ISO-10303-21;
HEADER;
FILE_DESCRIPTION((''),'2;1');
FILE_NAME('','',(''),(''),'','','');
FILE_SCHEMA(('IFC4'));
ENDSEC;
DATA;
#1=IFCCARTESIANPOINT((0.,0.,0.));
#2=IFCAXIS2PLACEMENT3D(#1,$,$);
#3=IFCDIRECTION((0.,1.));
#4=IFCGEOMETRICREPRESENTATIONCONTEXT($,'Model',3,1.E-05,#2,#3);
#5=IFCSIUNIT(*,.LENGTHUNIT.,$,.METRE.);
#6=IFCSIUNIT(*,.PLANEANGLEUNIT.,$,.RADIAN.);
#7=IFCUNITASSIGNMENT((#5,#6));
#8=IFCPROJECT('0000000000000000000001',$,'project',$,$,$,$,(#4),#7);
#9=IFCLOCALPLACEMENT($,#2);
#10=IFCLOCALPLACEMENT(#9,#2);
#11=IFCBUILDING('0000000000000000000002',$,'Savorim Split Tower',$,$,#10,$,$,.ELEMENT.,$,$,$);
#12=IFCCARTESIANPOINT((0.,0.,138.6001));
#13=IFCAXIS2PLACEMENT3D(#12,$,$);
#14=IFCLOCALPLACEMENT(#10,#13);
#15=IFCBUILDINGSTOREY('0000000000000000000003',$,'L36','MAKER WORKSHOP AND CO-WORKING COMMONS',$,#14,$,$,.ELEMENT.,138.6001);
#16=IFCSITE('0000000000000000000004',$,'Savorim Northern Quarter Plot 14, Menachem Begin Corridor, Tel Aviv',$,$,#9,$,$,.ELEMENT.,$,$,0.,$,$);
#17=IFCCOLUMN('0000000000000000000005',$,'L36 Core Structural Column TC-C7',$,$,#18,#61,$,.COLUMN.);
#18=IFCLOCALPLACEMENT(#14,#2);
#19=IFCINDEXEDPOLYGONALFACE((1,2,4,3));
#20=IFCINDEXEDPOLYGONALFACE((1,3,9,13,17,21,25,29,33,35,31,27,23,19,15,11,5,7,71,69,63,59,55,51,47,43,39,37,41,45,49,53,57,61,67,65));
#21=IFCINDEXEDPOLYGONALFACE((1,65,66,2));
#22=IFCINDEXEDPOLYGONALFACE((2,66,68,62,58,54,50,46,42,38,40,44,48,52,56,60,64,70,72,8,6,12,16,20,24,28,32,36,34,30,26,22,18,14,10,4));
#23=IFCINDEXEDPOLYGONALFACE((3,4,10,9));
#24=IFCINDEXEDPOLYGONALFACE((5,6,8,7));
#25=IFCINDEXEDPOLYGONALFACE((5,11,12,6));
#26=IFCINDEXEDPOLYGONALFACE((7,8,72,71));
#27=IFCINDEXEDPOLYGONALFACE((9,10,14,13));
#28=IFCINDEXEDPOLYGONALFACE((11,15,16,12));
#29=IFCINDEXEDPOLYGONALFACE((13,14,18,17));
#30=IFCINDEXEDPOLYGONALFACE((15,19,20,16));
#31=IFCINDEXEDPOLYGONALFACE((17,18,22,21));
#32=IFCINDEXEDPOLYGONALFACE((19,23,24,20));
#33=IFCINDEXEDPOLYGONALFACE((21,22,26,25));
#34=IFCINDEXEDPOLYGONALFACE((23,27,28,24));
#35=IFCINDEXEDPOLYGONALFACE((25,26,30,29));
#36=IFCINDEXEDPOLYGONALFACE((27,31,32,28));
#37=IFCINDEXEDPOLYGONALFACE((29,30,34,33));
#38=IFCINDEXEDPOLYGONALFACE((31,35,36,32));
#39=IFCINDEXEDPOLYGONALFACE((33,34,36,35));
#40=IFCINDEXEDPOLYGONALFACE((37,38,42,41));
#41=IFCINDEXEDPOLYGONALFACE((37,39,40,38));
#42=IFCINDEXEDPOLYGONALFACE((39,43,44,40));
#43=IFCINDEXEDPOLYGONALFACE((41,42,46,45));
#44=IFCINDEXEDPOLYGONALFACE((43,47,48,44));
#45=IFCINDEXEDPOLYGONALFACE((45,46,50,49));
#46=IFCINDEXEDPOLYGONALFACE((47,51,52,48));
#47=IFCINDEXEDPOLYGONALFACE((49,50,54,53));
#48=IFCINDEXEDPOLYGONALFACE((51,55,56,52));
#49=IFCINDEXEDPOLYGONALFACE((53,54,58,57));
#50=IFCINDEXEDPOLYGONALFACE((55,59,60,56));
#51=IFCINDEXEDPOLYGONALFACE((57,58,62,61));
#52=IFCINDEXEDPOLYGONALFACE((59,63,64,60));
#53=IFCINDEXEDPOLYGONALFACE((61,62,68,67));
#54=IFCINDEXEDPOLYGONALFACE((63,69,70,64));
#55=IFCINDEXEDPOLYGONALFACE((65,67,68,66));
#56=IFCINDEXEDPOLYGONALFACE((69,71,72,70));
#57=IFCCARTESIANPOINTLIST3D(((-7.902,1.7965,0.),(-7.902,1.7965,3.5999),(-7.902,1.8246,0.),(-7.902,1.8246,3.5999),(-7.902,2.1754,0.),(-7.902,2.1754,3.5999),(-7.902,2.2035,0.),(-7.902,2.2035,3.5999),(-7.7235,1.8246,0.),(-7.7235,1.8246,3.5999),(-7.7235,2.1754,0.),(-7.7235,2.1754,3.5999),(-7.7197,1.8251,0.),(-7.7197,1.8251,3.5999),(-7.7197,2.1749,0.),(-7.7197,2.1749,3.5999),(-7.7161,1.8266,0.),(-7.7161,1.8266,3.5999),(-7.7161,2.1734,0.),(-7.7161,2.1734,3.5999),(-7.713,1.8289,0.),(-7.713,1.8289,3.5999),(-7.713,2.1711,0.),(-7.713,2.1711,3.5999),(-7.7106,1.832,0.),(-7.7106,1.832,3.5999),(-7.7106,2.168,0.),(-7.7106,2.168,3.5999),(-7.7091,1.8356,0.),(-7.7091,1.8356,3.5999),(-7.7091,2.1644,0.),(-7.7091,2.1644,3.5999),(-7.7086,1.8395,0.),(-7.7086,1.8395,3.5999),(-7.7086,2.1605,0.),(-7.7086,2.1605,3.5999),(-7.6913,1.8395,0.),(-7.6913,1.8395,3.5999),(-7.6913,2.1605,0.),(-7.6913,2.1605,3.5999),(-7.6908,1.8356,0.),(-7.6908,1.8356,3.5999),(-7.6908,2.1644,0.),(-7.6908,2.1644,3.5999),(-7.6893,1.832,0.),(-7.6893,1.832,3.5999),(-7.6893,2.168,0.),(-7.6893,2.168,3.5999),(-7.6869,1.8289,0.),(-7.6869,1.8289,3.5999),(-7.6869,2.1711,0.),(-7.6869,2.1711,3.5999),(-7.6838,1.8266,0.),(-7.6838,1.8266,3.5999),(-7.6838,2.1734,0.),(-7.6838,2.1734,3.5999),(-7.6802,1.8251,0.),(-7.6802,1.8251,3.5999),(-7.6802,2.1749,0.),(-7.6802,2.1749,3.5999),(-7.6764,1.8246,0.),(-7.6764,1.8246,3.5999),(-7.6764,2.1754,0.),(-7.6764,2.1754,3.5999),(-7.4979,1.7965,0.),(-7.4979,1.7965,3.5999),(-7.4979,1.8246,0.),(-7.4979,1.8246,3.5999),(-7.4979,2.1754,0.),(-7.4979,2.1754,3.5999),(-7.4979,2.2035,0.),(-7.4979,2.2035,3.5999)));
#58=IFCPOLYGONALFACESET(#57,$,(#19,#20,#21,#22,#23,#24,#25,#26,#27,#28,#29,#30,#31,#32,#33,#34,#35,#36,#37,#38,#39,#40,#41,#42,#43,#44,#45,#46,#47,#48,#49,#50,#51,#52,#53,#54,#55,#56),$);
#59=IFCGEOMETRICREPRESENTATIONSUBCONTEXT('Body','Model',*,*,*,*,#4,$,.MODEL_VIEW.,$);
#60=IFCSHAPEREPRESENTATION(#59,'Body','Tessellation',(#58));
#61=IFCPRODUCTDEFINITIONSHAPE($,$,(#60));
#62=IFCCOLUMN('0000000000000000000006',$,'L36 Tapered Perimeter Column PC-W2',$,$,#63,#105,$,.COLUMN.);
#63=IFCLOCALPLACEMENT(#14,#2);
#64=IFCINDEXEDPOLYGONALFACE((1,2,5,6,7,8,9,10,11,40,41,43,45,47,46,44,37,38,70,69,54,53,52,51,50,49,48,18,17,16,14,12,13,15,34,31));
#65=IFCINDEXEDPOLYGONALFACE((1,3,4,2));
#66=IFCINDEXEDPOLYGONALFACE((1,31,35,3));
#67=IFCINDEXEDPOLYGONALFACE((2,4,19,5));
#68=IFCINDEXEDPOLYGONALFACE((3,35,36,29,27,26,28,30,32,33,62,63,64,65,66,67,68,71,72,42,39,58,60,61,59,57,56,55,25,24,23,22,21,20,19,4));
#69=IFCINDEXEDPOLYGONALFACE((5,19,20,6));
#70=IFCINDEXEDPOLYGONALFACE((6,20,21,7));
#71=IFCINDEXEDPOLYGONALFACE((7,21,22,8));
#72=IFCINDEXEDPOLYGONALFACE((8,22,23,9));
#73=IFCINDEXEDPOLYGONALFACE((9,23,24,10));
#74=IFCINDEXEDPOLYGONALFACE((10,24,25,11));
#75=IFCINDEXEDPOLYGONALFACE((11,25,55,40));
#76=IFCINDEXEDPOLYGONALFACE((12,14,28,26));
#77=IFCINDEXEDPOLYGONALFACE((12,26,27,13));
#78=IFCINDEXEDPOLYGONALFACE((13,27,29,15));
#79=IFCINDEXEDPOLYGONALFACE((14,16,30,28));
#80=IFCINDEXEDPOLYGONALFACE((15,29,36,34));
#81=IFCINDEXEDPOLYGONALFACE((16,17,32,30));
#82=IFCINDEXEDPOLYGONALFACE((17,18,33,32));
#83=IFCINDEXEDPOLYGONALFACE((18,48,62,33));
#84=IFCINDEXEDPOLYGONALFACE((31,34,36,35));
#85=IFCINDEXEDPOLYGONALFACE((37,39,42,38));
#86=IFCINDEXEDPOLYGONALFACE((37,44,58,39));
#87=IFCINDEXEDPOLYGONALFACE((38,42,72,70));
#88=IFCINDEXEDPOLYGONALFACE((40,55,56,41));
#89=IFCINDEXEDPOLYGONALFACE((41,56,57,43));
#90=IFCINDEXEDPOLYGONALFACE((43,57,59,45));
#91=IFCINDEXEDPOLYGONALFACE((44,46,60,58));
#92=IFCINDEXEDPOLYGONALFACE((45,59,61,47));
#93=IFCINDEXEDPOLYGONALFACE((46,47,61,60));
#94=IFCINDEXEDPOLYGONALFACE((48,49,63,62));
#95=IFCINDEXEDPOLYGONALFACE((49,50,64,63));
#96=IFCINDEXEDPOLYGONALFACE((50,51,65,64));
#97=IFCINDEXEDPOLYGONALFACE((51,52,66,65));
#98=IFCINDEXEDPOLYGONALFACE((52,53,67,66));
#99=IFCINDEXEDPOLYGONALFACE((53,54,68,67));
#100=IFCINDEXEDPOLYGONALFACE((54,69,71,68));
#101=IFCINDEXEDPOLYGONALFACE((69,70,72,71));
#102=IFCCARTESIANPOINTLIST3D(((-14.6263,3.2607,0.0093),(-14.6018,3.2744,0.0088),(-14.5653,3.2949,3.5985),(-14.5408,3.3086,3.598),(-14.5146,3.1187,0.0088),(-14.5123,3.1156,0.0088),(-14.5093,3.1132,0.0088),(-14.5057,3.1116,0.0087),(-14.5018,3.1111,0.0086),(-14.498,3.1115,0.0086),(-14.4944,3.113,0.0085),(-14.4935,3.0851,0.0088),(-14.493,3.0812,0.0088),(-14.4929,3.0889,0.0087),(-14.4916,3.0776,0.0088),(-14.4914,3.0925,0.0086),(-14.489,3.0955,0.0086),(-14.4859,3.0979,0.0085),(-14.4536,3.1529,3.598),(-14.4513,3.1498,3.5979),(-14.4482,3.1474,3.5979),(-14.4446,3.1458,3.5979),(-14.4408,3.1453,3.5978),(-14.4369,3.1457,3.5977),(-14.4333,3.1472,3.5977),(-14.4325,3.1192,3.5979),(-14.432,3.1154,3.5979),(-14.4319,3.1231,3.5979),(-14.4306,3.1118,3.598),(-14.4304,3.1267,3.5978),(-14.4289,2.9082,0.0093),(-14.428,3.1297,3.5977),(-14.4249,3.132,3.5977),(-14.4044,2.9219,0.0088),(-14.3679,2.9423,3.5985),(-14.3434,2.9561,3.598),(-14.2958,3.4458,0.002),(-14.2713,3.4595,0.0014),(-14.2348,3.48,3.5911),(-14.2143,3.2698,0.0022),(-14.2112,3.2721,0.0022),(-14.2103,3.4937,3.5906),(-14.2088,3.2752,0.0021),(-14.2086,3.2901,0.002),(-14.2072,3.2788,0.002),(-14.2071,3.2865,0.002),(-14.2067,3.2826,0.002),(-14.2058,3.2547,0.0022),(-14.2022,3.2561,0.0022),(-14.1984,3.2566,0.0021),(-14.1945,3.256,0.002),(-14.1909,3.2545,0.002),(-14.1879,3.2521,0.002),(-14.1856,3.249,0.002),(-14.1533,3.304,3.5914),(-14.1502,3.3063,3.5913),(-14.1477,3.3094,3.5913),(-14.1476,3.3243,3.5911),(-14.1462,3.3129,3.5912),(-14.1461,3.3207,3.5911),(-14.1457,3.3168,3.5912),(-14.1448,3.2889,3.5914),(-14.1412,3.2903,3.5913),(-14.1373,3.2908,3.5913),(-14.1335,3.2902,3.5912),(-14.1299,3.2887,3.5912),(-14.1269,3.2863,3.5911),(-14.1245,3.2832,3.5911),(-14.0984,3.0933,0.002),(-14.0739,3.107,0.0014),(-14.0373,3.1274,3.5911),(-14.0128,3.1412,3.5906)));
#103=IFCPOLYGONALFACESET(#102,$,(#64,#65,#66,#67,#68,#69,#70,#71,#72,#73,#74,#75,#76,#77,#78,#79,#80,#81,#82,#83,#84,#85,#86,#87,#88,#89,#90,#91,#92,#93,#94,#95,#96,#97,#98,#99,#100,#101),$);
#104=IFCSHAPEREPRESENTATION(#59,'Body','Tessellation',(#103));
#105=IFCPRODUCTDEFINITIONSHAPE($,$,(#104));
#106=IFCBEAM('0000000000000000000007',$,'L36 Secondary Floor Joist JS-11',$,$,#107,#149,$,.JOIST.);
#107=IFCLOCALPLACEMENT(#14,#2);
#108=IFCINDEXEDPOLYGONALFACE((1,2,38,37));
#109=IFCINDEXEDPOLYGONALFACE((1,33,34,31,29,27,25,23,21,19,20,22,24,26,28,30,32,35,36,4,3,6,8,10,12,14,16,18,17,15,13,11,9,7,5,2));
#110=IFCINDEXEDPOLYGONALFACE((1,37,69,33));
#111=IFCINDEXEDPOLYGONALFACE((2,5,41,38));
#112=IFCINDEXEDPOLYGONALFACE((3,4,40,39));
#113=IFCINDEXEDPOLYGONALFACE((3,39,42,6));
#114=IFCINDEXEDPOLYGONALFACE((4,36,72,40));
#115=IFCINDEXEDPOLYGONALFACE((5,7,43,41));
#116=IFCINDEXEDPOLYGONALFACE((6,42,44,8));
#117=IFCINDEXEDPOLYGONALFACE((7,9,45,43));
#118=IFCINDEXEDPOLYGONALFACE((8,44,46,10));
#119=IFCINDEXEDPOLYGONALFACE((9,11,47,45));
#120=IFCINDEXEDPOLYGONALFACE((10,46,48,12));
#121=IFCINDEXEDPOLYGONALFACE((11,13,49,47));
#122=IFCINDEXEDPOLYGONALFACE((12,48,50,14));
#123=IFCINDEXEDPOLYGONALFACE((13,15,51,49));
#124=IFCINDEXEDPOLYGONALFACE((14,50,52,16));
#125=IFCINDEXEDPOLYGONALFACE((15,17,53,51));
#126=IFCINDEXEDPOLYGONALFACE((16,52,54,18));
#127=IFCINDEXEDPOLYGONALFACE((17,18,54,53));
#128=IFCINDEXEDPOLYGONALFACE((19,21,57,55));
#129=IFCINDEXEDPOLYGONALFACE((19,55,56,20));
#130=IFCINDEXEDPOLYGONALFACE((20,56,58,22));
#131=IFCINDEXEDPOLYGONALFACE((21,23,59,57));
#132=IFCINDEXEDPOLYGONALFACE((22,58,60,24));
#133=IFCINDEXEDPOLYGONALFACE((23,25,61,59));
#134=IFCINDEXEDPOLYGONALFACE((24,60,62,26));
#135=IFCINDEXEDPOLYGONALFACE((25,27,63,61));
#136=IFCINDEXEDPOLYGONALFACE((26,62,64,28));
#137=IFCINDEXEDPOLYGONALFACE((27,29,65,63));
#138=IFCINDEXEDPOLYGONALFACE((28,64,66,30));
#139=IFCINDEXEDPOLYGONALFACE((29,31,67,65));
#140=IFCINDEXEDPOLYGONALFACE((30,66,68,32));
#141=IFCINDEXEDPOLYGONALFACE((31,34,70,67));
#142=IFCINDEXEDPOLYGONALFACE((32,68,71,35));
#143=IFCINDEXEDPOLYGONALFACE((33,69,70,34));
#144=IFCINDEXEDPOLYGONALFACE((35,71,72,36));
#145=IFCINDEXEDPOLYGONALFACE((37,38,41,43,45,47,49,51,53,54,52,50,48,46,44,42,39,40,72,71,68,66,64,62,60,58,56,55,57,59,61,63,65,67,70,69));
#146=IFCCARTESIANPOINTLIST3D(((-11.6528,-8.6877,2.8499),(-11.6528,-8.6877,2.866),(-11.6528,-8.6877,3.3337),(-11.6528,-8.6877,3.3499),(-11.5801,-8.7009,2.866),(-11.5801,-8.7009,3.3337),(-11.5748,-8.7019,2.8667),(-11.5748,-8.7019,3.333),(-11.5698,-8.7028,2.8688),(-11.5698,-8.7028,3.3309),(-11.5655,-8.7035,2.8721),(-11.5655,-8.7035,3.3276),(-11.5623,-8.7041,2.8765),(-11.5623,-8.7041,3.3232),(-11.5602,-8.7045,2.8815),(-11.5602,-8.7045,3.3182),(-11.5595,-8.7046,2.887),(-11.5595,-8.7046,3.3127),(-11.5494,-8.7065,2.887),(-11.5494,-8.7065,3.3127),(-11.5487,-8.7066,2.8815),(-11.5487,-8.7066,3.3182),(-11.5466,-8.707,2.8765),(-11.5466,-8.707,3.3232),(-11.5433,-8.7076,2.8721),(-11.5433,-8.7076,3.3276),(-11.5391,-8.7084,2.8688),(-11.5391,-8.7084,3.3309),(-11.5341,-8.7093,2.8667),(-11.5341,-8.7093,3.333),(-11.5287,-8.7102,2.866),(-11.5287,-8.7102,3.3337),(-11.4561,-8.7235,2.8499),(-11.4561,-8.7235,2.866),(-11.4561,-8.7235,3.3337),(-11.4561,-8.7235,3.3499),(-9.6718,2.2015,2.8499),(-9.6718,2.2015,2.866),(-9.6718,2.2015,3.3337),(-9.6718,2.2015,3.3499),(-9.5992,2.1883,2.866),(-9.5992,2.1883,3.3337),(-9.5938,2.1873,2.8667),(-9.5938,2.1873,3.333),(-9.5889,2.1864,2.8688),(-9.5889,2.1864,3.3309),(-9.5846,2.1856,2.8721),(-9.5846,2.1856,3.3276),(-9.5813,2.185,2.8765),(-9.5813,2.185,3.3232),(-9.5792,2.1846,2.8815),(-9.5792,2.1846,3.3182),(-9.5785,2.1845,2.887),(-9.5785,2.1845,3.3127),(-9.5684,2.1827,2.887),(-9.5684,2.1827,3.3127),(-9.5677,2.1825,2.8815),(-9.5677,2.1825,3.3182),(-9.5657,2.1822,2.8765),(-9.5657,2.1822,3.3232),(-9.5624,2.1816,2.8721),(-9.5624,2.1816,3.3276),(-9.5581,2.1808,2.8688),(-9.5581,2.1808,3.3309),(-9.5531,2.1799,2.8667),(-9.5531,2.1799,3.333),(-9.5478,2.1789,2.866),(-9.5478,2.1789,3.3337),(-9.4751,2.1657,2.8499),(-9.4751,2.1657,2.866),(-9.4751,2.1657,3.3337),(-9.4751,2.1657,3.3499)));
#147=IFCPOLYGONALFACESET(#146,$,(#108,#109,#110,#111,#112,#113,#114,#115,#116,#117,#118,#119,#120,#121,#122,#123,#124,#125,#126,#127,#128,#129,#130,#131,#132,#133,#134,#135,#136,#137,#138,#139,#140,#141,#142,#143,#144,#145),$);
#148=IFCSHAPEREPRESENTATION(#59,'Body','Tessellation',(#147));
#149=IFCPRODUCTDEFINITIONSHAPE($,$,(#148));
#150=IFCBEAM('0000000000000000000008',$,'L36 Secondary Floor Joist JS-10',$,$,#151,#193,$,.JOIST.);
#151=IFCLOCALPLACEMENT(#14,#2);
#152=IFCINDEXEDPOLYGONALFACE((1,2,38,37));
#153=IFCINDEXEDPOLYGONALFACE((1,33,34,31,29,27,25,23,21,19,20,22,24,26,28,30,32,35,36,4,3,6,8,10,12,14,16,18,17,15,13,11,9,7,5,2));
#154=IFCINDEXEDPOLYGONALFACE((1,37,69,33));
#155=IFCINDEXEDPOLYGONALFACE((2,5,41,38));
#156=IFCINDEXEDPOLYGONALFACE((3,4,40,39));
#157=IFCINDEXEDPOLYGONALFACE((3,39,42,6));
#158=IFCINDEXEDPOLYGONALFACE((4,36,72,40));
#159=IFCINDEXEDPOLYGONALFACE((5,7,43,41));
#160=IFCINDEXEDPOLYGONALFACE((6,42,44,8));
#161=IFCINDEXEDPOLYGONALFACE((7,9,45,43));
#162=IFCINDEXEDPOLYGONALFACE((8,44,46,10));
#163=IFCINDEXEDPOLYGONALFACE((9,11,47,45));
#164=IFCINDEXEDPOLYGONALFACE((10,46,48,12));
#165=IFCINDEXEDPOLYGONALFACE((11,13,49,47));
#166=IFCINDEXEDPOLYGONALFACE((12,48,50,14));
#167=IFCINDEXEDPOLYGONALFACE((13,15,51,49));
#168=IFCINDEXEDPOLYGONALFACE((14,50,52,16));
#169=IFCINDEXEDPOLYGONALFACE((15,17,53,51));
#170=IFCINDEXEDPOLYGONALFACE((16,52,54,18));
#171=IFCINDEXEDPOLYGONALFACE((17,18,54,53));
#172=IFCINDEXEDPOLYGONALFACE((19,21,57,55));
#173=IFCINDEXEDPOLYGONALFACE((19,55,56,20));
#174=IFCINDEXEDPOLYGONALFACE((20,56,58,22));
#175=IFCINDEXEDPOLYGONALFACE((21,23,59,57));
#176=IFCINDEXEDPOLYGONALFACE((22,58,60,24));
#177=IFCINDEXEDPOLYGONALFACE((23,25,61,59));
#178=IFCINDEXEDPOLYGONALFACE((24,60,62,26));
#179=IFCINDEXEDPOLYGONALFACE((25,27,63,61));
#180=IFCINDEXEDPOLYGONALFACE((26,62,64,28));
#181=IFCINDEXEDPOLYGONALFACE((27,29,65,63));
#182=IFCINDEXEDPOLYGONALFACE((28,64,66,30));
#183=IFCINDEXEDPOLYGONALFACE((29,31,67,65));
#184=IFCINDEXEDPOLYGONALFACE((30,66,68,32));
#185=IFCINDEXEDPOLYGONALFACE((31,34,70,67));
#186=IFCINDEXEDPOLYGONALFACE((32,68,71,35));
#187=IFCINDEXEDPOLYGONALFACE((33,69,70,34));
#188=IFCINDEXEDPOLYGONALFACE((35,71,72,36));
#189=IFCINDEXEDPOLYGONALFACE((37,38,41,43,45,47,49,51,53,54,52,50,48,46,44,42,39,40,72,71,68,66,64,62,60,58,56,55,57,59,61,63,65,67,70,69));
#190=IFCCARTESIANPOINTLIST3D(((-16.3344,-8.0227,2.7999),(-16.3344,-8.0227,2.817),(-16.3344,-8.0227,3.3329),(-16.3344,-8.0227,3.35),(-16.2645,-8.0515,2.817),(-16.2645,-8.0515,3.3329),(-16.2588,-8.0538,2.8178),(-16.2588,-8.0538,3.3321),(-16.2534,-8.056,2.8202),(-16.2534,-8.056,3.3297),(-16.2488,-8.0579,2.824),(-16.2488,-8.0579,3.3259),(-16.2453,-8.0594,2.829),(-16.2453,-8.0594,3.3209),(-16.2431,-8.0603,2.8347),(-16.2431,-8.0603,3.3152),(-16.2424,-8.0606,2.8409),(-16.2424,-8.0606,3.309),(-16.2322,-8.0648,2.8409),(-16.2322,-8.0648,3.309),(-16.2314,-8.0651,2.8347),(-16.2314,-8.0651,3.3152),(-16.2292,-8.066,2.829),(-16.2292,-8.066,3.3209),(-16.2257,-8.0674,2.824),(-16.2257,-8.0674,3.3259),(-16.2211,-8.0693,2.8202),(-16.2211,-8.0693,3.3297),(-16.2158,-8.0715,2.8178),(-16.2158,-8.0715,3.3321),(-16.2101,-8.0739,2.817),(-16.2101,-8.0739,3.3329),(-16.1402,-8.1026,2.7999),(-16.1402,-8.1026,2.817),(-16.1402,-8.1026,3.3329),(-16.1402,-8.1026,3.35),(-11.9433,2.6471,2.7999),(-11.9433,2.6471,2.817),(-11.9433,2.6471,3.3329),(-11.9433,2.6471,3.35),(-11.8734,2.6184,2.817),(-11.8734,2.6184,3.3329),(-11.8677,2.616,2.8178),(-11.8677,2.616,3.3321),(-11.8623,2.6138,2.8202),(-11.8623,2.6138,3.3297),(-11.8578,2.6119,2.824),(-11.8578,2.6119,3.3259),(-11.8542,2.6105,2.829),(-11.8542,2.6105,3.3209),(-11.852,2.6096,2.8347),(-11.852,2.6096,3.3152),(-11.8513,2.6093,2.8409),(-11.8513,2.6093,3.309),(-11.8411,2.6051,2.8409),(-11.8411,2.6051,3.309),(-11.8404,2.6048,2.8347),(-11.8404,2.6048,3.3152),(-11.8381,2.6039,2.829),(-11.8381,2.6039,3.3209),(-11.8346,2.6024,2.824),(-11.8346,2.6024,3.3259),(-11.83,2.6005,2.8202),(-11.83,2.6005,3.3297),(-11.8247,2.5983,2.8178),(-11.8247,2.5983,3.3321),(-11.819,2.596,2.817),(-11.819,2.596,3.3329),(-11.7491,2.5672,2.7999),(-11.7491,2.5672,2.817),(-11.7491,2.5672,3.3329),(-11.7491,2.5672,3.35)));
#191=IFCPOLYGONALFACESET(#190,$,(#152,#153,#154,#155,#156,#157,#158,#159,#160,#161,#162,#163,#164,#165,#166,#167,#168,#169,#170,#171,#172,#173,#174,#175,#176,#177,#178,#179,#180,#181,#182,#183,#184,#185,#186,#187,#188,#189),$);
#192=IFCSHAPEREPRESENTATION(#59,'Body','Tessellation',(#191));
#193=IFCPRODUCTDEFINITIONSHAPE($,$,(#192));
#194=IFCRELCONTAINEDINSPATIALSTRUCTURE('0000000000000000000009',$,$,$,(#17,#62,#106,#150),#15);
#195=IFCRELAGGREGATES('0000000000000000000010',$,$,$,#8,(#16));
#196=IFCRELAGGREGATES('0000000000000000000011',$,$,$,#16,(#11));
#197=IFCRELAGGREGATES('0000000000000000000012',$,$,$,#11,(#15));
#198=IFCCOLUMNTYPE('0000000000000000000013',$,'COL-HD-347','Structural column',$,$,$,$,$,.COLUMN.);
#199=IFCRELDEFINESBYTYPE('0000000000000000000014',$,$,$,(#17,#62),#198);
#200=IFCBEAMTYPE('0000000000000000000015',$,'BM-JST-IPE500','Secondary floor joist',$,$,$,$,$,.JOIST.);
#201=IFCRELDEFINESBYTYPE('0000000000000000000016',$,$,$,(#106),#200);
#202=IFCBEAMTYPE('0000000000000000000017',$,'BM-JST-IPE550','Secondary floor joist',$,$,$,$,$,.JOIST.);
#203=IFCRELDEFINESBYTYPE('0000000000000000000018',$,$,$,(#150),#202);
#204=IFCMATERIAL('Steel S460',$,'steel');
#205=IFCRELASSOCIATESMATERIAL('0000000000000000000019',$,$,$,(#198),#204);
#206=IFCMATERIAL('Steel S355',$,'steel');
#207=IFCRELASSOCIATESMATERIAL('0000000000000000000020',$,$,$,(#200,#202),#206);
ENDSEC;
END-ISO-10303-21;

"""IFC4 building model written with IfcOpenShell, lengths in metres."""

from ifc_helpers import new_model, si_unit, direction, frame, origin, origin_2d, place, context, subcontext, project, spatial, i_section, extrude, material, material_profile, profile_set, type_object, element, save


model = new_model("IFC4")

# Units and contexts
model_context = context("Model", 3, precision=1e-05, world=origin(), true_north=direction((0.0, 1.0)))
body_context = subcontext(model_context, "Body", "Model", "MODEL_VIEW")
ifc_project = project(units=[si_unit("LENGTHUNIT", "METRE"), si_unit("PLANEANGLEUNIT", "RADIAN")], contexts=[model_context])

# Site, building, storey
site_placement = place(None, origin())
site = spatial("IfcSite", under=ifc_project, at=site_placement, Name="Savorim Northern Quarter Plot 14, Menachem Begin Corridor, Tel Aviv", CompositionType="ELEMENT", RefElevation=0.0)
building_placement = place(site_placement, origin())
building = spatial("IfcBuilding", under=site, at=building_placement, Name="Savorim Split Tower", CompositionType="ELEMENT")
storey_placement = place(building_placement, frame((0.0, 0.0, 138.6001)))
storey = spatial("IfcBuildingStorey", under=building, at=storey_placement, Name="L36", Description="MAKER WORKSHOP AND CO-WORKING COMMONS", CompositionType="ELEMENT", Elevation=138.6001)

# Columns
ifc_material_1 = material(Name="Steel S460", Category="steel")
ifc_material_profile_1 = material_profile(ifc_material_1, i_section(OverallWidth=0.4041, OverallDepth=0.407, WebThickness=0.0173, FlangeThickness=0.0281, FilletRadius=0.0149, at=origin_2d()), Name="HD 400x347")
ifc_profile_set_1 = profile_set([ifc_material_profile_1], Name="Steel S460")
column_type = type_object("IfcColumnType", Name="COL-HD-347", Description="Structural column", PredefinedType="COLUMN", material=ifc_profile_set_1)
column_1_placement = place(storey_placement, frame((-7.7, 2.0, 0.0), z_axis=(0.0, 0.0, 1.0), x_axis=(1.0, 0.0, 0.0)))
element("IfcColumn", 1, at=column_1_placement, inside=storey, type_object=column_type, Name="L36 Core Structural Column TC-C7", PredefinedType="COLUMN", context=body_context, shape_type="SweptSolid", body=[
    extrude(i_section(OverallWidth=0.4041, OverallDepth=0.407, WebThickness=0.0173, FlangeThickness=0.0281, FilletRadius=0.0149, at=origin_2d()), origin(), (0.0, 0.0, 1.0), 3.5999),
])
column_2_placement = place(storey_placement, frame((-14.3501, 3.1838, 0.0054), z_axis=(0.017002, 0.009521, 0.99981), x_axis=(-0.488603, 0.872506, 0.0)))
element("IfcColumn", 2, at=column_2_placement, inside=storey, type_object=column_type, Name="L36 Tapered Perimeter Column PC-W2", PredefinedType="COLUMN", context=body_context, shape_type="SweptSolid", body=[
    extrude(i_section(OverallWidth=0.4041, OverallDepth=0.407, WebThickness=0.0173, FlangeThickness=0.0281, FilletRadius=0.0149, at=origin_2d()), origin(), (0.0, 0.0, 1.0), 3.5898),
])

# Beams
ifc_material_2 = material(Name="Steel S355", Category="steel")
ifc_material_profile_2 = material_profile(ifc_material_2, i_section(OverallWidth=0.2, OverallDepth=0.5, WebThickness=0.0103, FlangeThickness=0.0161, FilletRadius=0.021, at=origin_2d()), Name="IPE 500")
ifc_profile_set_2 = profile_set([ifc_material_profile_2], Name="Steel S355")
beam_type_1 = type_object("IfcBeamType", Name="BM-JST-IPE500", Description="Secondary floor joist", PredefinedType="JOIST", material=ifc_profile_set_2)
beam_1_placement = place(storey_placement, frame((-9.5735, 2.1836, 3.0999), z_axis=(-0.178982, -0.983852, 0.0), x_axis=(0.983852, -0.178982, 0.0)))
element("IfcBeam", 3, at=beam_1_placement, inside=storey, type_object=beam_type_1, Name="L36 Secondary Floor Joist JS-11", PredefinedType="JOIST", context=body_context, shape_type="SweptSolid", body=[
    extrude(i_section(OverallWidth=0.2, OverallDepth=0.5, WebThickness=0.0103, FlangeThickness=0.0161, FilletRadius=0.021, at=origin_2d()), origin(), (0.0, 0.0, 1.0), 11.0679),
])
ifc_material_profile_3 = material_profile(ifc_material_2, i_section(OverallWidth=0.21, OverallDepth=0.55, WebThickness=0.011, FlangeThickness=0.0171, FilletRadius=0.0239, at=origin_2d()), Name="IPE 550")
ifc_profile_set_3 = profile_set([ifc_material_profile_3], Name="Steel S355")
beam_type_2 = type_object("IfcBeamType", Name="BM-JST-IPE550", Description="Secondary floor joist", PredefinedType="JOIST", material=ifc_profile_set_3)
beam_2_placement = place(storey_placement, frame((-11.8462, 2.6072, 3.075), z_axis=(-0.380573, -0.924751, 0.0), x_axis=(0.924751, -0.380573, 0.0)))
element("IfcBeam", 4, at=beam_2_placement, inside=storey, type_object=beam_type_2, Name="L36 Secondary Floor Joist JS-10", PredefinedType="JOIST", context=body_context, shape_type="SweptSolid", body=[
    extrude(i_section(OverallWidth=0.21, OverallDepth=0.55, WebThickness=0.011, FlangeThickness=0.0171, FilletRadius=0.0239, at=origin_2d()), origin(), (0.0, 0.0, 1.0), 11.5381),
])

save(model, "model.ifc")
